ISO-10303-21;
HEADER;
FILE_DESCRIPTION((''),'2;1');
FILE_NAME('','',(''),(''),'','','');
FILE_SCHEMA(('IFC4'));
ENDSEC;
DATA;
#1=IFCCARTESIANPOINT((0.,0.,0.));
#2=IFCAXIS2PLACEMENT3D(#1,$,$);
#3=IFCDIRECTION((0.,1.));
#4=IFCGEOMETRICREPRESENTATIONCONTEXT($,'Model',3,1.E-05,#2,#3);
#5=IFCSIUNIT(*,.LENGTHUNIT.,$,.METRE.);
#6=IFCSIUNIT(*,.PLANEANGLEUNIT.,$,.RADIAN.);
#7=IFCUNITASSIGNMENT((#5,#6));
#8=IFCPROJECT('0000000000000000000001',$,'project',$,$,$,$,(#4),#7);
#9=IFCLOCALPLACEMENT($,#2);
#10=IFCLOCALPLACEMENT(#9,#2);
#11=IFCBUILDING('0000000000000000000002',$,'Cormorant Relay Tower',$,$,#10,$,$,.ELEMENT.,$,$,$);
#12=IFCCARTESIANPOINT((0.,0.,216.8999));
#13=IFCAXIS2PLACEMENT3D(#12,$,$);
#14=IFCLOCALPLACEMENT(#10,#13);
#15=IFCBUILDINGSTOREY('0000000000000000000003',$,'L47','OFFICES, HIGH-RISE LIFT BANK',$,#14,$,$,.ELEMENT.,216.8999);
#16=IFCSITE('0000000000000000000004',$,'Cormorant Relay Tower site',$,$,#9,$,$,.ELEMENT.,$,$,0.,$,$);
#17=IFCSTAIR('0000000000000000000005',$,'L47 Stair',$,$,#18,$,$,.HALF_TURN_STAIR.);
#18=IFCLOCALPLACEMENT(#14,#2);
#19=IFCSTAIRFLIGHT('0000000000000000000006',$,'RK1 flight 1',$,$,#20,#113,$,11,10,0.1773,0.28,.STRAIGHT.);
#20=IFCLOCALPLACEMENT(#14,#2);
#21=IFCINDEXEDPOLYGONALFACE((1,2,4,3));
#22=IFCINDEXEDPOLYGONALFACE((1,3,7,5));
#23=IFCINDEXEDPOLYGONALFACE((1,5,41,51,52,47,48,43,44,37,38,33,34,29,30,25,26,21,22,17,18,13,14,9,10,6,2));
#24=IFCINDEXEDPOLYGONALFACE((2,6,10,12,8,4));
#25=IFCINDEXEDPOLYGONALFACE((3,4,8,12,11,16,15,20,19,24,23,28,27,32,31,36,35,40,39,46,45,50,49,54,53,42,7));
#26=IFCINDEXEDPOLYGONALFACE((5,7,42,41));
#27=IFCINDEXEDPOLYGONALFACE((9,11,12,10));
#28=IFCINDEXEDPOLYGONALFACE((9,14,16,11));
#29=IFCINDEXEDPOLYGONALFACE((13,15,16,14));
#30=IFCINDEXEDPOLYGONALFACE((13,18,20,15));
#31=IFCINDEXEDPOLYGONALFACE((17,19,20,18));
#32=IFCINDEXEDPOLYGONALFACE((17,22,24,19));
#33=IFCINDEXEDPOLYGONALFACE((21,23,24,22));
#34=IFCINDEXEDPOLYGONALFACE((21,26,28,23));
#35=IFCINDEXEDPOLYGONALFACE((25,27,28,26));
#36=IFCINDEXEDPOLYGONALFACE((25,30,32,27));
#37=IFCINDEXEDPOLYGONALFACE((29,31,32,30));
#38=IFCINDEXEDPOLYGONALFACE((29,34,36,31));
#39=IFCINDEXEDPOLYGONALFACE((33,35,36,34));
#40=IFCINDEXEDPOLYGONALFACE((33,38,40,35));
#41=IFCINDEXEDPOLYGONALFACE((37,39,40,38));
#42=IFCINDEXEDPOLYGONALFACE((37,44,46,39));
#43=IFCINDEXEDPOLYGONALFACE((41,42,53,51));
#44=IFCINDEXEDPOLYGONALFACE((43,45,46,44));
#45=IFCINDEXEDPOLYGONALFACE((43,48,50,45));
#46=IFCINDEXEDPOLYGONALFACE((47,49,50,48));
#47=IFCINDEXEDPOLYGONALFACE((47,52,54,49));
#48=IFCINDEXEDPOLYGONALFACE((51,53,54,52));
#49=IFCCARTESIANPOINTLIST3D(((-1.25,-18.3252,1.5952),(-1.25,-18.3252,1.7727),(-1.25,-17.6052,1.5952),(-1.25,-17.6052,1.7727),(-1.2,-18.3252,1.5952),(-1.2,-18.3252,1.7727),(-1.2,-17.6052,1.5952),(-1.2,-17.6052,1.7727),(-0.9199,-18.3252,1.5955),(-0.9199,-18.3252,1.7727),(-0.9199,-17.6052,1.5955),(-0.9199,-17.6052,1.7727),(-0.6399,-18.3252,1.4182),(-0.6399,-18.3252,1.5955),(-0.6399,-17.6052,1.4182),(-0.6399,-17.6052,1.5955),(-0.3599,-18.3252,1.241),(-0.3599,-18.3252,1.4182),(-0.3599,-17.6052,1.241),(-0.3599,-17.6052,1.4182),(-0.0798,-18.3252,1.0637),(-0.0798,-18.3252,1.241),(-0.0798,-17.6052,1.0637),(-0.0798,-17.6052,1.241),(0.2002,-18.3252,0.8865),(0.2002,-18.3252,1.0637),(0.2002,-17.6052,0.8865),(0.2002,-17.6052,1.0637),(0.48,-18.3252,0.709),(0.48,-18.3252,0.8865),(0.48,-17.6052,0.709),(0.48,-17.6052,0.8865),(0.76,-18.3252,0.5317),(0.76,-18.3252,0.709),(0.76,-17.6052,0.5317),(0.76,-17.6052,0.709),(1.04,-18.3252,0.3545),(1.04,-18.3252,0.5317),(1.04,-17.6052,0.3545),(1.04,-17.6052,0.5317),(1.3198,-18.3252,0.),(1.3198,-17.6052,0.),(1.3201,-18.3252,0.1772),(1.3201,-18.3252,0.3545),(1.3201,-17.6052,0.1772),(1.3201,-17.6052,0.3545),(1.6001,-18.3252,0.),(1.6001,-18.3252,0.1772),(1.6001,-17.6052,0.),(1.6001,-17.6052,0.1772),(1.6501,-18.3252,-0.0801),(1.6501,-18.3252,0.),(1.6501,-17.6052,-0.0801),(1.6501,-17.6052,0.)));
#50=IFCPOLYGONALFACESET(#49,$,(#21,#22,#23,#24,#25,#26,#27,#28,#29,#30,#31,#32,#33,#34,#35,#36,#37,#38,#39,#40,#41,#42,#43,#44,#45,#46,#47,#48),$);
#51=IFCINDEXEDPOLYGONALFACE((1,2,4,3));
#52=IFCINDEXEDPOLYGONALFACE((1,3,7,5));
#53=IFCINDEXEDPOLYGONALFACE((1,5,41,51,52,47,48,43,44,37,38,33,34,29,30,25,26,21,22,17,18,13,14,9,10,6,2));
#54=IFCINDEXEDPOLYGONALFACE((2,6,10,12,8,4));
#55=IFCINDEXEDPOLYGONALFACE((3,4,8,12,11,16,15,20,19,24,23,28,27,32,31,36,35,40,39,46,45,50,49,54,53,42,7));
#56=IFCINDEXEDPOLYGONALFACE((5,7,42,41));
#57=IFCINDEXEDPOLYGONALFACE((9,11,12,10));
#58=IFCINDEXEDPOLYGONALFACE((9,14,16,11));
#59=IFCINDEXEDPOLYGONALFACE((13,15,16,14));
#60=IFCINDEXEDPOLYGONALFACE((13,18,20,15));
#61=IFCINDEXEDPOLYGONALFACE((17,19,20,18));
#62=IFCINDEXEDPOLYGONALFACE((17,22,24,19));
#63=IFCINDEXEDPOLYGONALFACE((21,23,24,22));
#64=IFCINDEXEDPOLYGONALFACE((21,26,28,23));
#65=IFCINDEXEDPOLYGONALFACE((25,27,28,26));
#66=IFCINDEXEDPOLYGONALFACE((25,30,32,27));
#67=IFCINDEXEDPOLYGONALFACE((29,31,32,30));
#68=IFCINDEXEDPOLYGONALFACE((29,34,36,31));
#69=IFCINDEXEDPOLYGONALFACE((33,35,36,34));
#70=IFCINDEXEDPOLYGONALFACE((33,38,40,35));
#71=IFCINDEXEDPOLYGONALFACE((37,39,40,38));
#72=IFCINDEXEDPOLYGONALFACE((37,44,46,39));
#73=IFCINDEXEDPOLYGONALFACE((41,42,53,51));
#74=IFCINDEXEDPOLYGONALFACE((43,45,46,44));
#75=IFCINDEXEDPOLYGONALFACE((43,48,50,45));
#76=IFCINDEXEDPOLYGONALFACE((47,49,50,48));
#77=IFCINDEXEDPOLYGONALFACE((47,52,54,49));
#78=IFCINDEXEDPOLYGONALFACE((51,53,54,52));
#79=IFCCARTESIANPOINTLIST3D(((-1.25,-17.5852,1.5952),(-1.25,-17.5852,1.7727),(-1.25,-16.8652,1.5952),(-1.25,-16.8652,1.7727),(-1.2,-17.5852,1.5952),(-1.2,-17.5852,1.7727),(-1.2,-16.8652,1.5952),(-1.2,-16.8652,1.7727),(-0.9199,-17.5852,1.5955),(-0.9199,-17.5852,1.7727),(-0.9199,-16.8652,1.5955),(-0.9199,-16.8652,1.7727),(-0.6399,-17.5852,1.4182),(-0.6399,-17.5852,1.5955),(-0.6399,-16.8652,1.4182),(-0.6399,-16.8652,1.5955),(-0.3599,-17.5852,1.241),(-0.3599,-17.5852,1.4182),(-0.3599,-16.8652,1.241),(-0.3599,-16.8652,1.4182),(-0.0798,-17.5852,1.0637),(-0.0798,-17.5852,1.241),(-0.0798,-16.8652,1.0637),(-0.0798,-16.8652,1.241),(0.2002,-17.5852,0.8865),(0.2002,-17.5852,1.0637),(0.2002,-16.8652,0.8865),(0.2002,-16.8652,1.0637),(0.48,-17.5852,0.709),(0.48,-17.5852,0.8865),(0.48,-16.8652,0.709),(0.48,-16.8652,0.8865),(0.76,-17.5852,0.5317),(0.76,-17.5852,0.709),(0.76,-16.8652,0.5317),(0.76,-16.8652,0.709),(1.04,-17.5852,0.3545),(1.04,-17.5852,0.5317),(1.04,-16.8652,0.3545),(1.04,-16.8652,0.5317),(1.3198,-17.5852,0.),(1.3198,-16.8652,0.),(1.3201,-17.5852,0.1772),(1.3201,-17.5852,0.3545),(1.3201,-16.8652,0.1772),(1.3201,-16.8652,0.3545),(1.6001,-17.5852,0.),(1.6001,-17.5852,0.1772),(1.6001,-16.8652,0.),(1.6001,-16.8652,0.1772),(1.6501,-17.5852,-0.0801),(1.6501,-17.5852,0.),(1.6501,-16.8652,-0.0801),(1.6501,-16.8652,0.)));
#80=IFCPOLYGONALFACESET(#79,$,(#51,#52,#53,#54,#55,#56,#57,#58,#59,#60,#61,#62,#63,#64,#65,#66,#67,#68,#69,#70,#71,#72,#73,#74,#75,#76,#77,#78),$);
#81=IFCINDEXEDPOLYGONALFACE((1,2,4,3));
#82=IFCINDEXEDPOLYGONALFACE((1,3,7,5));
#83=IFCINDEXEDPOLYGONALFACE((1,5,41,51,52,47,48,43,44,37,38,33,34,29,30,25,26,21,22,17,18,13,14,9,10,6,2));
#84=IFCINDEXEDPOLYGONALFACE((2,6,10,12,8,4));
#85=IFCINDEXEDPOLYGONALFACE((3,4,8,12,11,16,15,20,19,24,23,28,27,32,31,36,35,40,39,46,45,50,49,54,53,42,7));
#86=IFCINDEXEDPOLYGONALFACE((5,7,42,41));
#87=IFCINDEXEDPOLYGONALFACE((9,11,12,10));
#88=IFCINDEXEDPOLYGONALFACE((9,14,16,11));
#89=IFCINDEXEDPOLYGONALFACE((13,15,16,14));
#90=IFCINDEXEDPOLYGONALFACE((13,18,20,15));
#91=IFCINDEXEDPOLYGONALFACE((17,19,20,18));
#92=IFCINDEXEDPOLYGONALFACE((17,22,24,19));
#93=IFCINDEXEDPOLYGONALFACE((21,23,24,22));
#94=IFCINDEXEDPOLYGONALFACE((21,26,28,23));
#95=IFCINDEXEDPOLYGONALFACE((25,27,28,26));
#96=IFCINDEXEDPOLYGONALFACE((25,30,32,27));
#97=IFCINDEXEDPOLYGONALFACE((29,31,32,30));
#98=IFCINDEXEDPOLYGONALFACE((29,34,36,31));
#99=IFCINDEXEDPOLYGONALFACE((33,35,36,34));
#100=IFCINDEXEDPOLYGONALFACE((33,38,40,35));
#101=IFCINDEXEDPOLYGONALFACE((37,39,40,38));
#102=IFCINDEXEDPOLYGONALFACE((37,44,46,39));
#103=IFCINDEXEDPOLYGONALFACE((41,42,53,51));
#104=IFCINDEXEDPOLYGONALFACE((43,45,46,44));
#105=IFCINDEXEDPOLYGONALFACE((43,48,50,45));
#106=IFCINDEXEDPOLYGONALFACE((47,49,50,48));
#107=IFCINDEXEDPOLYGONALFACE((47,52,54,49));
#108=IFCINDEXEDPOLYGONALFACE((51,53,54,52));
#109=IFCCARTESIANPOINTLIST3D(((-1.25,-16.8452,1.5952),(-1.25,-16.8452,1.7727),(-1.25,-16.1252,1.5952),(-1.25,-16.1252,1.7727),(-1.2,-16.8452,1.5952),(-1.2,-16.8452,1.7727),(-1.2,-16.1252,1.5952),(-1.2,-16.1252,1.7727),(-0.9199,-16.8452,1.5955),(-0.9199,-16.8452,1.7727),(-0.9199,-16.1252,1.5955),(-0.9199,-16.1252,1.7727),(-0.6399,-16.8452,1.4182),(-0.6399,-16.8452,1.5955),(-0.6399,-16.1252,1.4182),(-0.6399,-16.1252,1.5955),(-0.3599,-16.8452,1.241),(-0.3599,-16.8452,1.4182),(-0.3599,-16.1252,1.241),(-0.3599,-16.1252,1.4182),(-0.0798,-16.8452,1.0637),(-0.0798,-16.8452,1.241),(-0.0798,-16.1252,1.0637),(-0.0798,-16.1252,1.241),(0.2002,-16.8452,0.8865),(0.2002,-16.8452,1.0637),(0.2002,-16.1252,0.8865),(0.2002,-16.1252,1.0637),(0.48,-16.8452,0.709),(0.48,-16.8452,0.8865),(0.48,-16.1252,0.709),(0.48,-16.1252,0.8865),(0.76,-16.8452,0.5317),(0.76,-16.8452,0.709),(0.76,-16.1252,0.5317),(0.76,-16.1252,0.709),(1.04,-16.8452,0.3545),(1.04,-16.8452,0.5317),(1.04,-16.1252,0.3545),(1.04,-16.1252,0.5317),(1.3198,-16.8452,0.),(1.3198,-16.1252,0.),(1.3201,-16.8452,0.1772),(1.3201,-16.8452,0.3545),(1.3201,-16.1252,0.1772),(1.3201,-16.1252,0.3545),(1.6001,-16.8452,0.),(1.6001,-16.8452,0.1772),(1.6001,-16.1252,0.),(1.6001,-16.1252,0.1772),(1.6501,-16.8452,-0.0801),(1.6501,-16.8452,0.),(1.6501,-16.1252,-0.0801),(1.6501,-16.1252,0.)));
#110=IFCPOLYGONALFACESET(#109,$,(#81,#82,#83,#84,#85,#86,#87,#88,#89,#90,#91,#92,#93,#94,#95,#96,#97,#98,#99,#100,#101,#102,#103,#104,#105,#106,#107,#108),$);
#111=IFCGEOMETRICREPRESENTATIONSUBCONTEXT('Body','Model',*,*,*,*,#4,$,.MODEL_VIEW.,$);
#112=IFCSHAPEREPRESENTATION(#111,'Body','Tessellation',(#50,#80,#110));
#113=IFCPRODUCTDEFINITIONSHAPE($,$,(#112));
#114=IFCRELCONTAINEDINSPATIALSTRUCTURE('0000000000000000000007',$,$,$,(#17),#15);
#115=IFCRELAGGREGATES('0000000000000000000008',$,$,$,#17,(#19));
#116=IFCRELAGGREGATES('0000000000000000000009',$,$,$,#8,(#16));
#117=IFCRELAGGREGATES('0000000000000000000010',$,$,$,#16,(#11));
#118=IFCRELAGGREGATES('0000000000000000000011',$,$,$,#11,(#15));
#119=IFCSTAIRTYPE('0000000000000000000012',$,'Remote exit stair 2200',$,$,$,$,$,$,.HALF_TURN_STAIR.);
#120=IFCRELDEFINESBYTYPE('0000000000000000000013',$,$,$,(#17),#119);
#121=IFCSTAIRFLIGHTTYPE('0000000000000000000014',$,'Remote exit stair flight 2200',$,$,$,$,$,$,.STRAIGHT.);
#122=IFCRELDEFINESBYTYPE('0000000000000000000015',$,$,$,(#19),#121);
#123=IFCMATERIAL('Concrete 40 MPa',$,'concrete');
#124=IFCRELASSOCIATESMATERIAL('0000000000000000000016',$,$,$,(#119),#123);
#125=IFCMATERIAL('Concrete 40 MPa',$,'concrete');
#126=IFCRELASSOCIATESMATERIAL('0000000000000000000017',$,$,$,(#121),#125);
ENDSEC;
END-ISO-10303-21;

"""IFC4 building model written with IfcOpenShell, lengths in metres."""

from ifc_helpers import new_model, si_unit, direction, frame, origin, place, context, subcontext, project, spatial, polyline, outline, extrude, material, type_object, element, aggregate, save


model = new_model("IFC4")

# Units and contexts
model_context = context("Model", 3, precision=1e-05, world=origin(), true_north=direction((0.0, 1.0)))
body_context = subcontext(model_context, "Body", "Model", "MODEL_VIEW")
ifc_project = project(units=[si_unit("LENGTHUNIT", "METRE"), si_unit("PLANEANGLEUNIT", "RADIAN")], contexts=[model_context])

# Site, building, storey
site_placement = place(None, origin())
site = spatial("IfcSite", under=ifc_project, at=site_placement, Name="Cormorant Relay Tower site", CompositionType="ELEMENT", RefElevation=0.0)
building_placement = place(site_placement, origin())
building = spatial("IfcBuilding", under=site, at=building_placement, Name="Cormorant Relay Tower", CompositionType="ELEMENT")
storey_placement = place(building_placement, frame((0.0, 0.0, 216.8999)))
storey = spatial("IfcBuildingStorey", under=building, at=storey_placement, Name="L47", Description="OFFICES, HIGH-RISE LIFT BANK", CompositionType="ELEMENT", Elevation=216.8999)

# Stair, stair flight
ifc_material_1 = material(Name="Concrete 40 MPa", Category="concrete")
stair_type = type_object("IfcStairType", Name="Remote exit stair 2200", PredefinedType="HALF_TURN_STAIR", material=ifc_material_1)
stair_placement = place(storey_placement, origin())
stair = element("IfcStair", 1, at=stair_placement, inside=storey, type_object=stair_type, Name="L47 Stair", PredefinedType="HALF_TURN_STAIR")
ifc_material_2 = material(Name="Concrete 40 MPa", Category="concrete")
stair_flight_type = type_object("IfcStairFlightType", Name="Remote exit stair flight 2200", PredefinedType="STRAIGHT", material=ifc_material_2)
stair_flight_1_placement = place(storey_placement, frame((1.6001, -17.2251, 0.0), z_axis=(0.0, 0.0, 1.0), x_axis=(-1.0, 0.0, 0.0)))
stair_flight_1 = element("IfcStairFlight", 2, at=stair_flight_1_placement, type_object=stair_flight_type, Name="RK1 flight 1", NumberOfRisers=11, NumberOfTreads=10, PredefinedType="STRAIGHT", RiserHeight=0.1773, TreadLength=0.28, context=body_context, shape_type="SweptSolid", body=[
    extrude(outline(polyline([(-0.05, -0.0801), (-0.05, 0.0), (0.0, 0.0), (0.0, 0.1772), (0.28, 0.1772), (0.28, 0.3545), (0.5601, 0.3545), (0.5601, 0.5317), (0.8401, 0.5317), (0.8401, 0.709), (1.1201, 0.709), (1.1201, 0.8865), (1.3999, 0.8865), (1.3999, 1.0637), (1.6799, 1.0637), (1.6799, 1.241), (1.96, 1.241), (1.96, 1.4182), (2.24, 1.4182), (2.24, 1.5955), (2.52, 1.5955), (2.52, 1.7727), (2.8, 1.7727), (2.8501, 1.7727), (2.8501, 1.5952), (2.8, 1.5952), (0.2803, 0.0), (-0.05, -0.0801)])), frame((0.0, 1.1001, 0.0), z_axis=(0.0, -1.0, 0.0), x_axis=(1.0, 0.0, 0.0)), (0.0, 0.0, 1.0), 0.72),
    extrude(outline(polyline([(-0.05, -0.0801), (-0.05, 0.0), (0.0, 0.0), (0.0, 0.1772), (0.28, 0.1772), (0.28, 0.3545), (0.5601, 0.3545), (0.5601, 0.5317), (0.8401, 0.5317), (0.8401, 0.709), (1.1201, 0.709), (1.1201, 0.8865), (1.3999, 0.8865), (1.3999, 1.0637), (1.6799, 1.0637), (1.6799, 1.241), (1.96, 1.241), (1.96, 1.4182), (2.24, 1.4182), (2.24, 1.5955), (2.52, 1.5955), (2.52, 1.7727), (2.8, 1.7727), (2.8501, 1.7727), (2.8501, 1.5952), (2.8, 1.5952), (0.2803, 0.0), (-0.05, -0.0801)])), frame((0.0, 0.3601, 0.0), z_axis=(0.0, -1.0, 0.0), x_axis=(1.0, 0.0, 0.0)), (0.0, 0.0, 1.0), 0.72),
    extrude(outline(polyline([(-0.05, -0.0801), (-0.05, 0.0), (0.0, 0.0), (0.0, 0.1772), (0.28, 0.1772), (0.28, 0.3545), (0.5601, 0.3545), (0.5601, 0.5317), (0.8401, 0.5317), (0.8401, 0.709), (1.1201, 0.709), (1.1201, 0.8865), (1.3999, 0.8865), (1.3999, 1.0637), (1.6799, 1.0637), (1.6799, 1.241), (1.96, 1.241), (1.96, 1.4182), (2.24, 1.4182), (2.24, 1.5955), (2.52, 1.5955), (2.52, 1.7727), (2.8, 1.7727), (2.8501, 1.7727), (2.8501, 1.5952), (2.8, 1.5952), (0.2803, 0.0), (-0.05, -0.0801)])), frame((0.0, -0.3799, 0.0), z_axis=(0.0, -1.0, 0.0), x_axis=(1.0, 0.0, 0.0)), (0.0, 0.0, 1.0), 0.72),
])
aggregate(stair, [stair_flight_1])

save(model, "model.ifc")
